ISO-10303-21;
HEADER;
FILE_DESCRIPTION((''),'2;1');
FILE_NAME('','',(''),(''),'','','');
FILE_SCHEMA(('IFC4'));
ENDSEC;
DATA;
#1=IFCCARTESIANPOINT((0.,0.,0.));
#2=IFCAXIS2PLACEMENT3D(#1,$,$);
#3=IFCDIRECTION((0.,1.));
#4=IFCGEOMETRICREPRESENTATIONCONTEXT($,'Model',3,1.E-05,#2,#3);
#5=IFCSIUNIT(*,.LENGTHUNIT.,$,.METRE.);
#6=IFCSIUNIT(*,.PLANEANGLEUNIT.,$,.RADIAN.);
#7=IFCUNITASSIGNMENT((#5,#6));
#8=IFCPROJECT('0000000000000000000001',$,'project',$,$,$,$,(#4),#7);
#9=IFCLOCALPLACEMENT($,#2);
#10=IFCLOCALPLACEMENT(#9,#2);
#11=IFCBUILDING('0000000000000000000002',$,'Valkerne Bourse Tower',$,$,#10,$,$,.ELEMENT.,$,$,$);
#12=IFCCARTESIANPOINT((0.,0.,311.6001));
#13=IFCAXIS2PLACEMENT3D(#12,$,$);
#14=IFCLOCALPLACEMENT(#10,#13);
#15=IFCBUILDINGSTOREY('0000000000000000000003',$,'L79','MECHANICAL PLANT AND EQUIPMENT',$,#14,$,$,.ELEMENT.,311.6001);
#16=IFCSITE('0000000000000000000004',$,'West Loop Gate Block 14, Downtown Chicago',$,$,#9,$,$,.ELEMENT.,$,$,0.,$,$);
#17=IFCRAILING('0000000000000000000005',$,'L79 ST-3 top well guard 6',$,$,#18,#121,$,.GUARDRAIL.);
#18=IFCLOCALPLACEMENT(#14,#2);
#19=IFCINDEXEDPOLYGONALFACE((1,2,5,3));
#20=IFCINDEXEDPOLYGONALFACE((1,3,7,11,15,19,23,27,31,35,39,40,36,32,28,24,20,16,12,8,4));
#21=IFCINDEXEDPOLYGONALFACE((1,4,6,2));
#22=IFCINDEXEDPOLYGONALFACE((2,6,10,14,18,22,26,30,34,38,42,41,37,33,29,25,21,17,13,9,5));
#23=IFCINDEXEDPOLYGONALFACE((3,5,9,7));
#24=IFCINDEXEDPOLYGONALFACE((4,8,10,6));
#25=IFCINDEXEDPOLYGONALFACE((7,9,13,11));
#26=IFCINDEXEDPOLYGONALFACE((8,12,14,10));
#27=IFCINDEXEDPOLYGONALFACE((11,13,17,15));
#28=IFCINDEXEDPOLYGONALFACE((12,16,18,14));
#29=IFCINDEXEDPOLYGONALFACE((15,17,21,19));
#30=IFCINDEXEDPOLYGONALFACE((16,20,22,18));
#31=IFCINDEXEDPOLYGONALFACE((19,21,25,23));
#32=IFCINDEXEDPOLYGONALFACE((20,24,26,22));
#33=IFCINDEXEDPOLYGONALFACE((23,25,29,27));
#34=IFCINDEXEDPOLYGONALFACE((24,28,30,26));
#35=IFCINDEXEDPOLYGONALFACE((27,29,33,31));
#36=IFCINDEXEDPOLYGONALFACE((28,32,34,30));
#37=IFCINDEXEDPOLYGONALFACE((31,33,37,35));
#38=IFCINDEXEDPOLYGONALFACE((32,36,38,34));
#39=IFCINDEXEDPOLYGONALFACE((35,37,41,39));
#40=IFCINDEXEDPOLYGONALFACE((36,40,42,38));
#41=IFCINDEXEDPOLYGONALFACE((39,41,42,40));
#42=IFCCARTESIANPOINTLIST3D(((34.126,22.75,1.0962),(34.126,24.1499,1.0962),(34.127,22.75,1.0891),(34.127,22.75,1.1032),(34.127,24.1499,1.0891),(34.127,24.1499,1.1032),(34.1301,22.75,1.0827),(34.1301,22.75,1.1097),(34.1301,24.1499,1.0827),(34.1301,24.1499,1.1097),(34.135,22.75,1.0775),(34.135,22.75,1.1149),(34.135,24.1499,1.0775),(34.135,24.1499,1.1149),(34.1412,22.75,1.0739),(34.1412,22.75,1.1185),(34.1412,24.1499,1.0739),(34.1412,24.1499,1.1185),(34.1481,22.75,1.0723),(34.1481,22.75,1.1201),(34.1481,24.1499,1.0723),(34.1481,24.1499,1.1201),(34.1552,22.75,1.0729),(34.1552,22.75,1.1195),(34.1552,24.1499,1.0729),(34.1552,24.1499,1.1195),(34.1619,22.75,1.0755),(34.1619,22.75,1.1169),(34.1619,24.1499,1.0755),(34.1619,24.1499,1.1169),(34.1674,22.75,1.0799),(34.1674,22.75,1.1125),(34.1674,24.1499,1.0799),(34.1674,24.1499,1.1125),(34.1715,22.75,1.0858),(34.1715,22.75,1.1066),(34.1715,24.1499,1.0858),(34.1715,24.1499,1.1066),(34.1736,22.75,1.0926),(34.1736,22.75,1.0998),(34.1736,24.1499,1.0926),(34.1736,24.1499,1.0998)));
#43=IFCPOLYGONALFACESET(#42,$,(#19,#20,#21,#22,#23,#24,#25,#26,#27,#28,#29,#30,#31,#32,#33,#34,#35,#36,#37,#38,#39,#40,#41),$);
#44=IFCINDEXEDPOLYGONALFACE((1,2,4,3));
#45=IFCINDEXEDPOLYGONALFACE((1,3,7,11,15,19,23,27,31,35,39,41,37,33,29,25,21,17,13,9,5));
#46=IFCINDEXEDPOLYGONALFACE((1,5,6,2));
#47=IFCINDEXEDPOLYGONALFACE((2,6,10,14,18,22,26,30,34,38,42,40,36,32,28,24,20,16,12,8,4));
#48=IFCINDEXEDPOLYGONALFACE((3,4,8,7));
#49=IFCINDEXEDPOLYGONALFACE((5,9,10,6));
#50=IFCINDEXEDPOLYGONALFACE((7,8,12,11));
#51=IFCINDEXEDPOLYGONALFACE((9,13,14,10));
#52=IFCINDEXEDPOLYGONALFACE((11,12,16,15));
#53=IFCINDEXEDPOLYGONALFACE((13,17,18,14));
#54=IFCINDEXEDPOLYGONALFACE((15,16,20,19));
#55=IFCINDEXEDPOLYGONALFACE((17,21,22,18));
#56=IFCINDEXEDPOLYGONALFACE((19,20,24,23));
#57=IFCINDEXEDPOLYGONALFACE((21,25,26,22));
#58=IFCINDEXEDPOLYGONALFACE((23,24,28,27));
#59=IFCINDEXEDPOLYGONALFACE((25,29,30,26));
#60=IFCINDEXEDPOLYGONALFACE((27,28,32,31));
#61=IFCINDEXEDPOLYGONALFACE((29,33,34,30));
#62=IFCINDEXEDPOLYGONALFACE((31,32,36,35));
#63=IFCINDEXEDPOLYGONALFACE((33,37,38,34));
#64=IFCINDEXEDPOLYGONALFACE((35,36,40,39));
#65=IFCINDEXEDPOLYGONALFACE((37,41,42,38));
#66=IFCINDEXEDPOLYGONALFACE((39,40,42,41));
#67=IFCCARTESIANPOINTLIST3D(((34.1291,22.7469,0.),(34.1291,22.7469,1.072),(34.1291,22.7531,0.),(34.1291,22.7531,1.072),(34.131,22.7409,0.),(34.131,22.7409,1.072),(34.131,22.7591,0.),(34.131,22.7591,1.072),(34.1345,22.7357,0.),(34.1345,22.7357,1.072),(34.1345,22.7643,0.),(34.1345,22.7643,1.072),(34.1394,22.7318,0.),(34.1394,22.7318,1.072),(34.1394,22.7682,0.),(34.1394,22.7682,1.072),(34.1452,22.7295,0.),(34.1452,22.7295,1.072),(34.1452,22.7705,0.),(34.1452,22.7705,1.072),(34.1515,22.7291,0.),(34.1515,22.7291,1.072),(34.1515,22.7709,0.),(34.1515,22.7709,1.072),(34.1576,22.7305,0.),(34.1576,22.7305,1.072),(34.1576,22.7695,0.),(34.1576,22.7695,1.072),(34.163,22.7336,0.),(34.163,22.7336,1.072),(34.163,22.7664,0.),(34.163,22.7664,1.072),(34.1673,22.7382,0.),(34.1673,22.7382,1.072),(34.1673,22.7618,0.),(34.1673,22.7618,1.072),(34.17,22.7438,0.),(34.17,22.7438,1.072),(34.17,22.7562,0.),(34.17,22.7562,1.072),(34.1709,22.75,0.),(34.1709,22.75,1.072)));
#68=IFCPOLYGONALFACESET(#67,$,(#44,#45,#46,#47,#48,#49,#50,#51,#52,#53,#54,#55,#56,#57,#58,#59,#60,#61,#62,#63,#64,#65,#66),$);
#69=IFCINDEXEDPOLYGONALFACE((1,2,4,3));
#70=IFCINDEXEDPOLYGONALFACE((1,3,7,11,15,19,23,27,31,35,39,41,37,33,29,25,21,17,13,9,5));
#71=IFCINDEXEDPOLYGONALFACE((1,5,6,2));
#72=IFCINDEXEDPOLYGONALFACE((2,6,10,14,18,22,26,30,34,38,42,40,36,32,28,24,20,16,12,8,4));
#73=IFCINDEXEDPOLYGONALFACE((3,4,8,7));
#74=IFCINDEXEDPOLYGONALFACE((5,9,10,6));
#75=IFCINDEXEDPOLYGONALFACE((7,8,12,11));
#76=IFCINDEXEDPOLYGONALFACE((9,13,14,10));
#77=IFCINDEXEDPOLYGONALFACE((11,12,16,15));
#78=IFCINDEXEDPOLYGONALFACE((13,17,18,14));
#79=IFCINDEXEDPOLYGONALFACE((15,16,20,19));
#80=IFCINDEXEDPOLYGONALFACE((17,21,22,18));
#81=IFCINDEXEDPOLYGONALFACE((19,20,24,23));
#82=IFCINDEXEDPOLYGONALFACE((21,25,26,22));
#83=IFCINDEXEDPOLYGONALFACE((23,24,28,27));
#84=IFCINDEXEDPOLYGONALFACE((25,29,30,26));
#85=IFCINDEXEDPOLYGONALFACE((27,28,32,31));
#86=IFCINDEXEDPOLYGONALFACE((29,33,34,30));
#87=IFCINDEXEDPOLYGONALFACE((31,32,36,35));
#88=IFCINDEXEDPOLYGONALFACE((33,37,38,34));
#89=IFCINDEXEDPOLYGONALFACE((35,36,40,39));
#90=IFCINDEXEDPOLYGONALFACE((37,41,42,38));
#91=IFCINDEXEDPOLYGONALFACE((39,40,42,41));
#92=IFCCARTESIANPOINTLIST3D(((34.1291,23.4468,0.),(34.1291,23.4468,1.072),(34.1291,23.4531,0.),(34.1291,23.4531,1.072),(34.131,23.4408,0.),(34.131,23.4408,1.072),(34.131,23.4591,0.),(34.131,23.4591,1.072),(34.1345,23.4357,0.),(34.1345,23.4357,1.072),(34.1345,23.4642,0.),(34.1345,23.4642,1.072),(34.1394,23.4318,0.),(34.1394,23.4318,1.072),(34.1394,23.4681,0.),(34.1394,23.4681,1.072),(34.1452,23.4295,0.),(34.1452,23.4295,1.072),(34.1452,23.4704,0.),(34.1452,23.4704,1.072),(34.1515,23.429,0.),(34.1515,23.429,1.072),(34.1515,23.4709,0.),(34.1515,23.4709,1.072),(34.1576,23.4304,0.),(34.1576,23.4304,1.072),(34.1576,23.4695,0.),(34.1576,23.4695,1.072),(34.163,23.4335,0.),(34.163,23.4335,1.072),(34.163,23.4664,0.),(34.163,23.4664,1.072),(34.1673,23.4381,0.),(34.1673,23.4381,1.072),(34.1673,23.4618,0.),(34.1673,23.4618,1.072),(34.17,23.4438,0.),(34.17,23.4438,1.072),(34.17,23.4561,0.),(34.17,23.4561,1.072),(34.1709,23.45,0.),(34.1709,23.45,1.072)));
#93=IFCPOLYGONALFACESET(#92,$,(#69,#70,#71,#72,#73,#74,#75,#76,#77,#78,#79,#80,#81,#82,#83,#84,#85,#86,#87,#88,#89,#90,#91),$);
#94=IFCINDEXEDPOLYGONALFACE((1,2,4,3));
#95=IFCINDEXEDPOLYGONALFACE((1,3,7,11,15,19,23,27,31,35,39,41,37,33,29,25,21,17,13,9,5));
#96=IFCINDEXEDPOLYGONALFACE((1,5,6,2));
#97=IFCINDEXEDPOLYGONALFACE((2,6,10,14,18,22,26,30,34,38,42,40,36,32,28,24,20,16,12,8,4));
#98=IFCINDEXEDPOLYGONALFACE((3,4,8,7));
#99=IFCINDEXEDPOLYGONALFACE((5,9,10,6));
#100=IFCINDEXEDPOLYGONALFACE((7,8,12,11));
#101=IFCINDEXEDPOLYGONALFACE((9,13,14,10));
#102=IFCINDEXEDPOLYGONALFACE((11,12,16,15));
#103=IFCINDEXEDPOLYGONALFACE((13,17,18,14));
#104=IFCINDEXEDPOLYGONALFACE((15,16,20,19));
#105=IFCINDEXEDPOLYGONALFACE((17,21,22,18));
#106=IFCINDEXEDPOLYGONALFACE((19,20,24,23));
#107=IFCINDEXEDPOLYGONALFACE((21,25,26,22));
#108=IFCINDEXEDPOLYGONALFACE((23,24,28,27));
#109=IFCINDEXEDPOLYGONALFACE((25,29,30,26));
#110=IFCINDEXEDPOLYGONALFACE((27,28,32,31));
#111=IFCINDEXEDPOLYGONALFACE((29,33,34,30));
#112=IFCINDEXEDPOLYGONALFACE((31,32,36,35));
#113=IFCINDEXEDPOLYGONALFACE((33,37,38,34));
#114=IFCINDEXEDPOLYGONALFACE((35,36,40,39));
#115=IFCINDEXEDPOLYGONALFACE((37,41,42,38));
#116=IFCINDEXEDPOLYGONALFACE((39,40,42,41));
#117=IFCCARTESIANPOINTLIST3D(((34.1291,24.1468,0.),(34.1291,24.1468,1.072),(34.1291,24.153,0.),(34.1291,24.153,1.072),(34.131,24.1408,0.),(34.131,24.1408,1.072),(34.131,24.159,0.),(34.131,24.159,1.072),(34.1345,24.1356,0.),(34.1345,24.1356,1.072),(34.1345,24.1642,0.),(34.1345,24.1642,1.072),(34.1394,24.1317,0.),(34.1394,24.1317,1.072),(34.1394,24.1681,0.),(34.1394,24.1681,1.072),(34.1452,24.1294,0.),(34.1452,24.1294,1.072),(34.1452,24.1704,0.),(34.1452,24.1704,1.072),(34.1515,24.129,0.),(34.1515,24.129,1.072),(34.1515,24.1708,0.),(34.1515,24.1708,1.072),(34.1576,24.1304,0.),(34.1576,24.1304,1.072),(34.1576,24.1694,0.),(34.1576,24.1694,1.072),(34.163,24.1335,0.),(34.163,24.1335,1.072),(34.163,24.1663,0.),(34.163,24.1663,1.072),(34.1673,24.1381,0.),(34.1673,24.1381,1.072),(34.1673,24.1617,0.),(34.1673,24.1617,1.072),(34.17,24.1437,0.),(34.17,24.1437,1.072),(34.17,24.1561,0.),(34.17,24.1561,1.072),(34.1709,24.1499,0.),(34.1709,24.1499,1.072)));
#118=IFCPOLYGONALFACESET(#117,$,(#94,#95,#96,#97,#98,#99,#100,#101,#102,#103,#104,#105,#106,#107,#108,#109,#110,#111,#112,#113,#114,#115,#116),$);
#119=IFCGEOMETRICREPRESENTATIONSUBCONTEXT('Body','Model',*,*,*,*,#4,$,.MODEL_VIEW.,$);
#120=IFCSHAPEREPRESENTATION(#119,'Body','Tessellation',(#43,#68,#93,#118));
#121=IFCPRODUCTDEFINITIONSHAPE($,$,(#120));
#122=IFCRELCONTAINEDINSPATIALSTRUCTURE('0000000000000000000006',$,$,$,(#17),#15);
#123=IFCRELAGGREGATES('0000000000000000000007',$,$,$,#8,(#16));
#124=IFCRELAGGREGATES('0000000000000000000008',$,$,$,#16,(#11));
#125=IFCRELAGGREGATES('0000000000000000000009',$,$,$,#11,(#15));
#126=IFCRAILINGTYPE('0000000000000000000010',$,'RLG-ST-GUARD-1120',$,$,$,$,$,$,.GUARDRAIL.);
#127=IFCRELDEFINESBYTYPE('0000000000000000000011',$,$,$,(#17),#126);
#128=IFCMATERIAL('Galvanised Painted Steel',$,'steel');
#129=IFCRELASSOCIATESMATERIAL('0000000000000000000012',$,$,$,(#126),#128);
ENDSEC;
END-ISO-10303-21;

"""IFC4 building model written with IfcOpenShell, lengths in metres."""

from ifc_helpers import new_model, si_unit, direction, frame, origin, origin_2d, place, context, subcontext, project, spatial, circle, extrude, material, type_object, element, save


model = new_model("IFC4")

# Units and contexts
model_context = context("Model", 3, precision=1e-05, world=origin(), true_north=direction((0.0, 1.0)))
body_context = subcontext(model_context, "Body", "Model", "MODEL_VIEW")
ifc_project = project(units=[si_unit("LENGTHUNIT", "METRE"), si_unit("PLANEANGLEUNIT", "RADIAN")], contexts=[model_context])

# Site, building, storey
site_placement = place(None, origin())
site = spatial("IfcSite", under=ifc_project, at=site_placement, Name="West Loop Gate Block 14, Downtown Chicago", CompositionType="ELEMENT", RefElevation=0.0)
building_placement = place(site_placement, origin())
building = spatial("IfcBuilding", under=site, at=building_placement, Name="Valkerne Bourse Tower", CompositionType="ELEMENT")
storey_placement = place(building_placement, frame((0.0, 0.0, 311.6001)))
storey = spatial("IfcBuildingStorey", under=building, at=storey_placement, Name="L79", Description="MECHANICAL PLANT AND EQUIPMENT", CompositionType="ELEMENT", Elevation=311.6001)

# Shared definitions
ifc_material_1 = material(Name="Galvanised Painted Steel", Category="steel")

# Railing
railing_type = type_object("IfcRailingType", Name="RLG-ST-GUARD-1120", PredefinedType="GUARDRAIL", material=ifc_material_1)
railing_1_placement = place(storey_placement, frame((34.1499, 22.75, 0.0)))
element("IfcRailing", 1, at=railing_1_placement, inside=storey, type_object=railing_type, Name="L79 ST-3 top well guard 6", PredefinedType="GUARDRAIL", context=body_context, shape_type="SweptSolid", body=[
    extrude(circle(Radius=0.0239, at=origin_2d()), frame((0.0, 0.0, 1.0962), z_axis=(0.0, 1.0, 0.0), x_axis=(-1.0, 0.0, 0.0)), (0.0, 0.0, 1.0), 1.3999),
    extrude(circle(Radius=0.021, at=origin_2d()), origin(), (0.0, 0.0, 1.0), 1.072),
    extrude(circle(Radius=0.021, at=origin_2d()), frame((0.0, 0.7, 0.0)), (0.0, 0.0, 1.0), 1.072),
    extrude(circle(Radius=0.021, at=origin_2d()), frame((0.0, 1.3999, 0.0)), (0.0, 0.0, 1.0), 1.072),
])

save(model, "model.ifc")
